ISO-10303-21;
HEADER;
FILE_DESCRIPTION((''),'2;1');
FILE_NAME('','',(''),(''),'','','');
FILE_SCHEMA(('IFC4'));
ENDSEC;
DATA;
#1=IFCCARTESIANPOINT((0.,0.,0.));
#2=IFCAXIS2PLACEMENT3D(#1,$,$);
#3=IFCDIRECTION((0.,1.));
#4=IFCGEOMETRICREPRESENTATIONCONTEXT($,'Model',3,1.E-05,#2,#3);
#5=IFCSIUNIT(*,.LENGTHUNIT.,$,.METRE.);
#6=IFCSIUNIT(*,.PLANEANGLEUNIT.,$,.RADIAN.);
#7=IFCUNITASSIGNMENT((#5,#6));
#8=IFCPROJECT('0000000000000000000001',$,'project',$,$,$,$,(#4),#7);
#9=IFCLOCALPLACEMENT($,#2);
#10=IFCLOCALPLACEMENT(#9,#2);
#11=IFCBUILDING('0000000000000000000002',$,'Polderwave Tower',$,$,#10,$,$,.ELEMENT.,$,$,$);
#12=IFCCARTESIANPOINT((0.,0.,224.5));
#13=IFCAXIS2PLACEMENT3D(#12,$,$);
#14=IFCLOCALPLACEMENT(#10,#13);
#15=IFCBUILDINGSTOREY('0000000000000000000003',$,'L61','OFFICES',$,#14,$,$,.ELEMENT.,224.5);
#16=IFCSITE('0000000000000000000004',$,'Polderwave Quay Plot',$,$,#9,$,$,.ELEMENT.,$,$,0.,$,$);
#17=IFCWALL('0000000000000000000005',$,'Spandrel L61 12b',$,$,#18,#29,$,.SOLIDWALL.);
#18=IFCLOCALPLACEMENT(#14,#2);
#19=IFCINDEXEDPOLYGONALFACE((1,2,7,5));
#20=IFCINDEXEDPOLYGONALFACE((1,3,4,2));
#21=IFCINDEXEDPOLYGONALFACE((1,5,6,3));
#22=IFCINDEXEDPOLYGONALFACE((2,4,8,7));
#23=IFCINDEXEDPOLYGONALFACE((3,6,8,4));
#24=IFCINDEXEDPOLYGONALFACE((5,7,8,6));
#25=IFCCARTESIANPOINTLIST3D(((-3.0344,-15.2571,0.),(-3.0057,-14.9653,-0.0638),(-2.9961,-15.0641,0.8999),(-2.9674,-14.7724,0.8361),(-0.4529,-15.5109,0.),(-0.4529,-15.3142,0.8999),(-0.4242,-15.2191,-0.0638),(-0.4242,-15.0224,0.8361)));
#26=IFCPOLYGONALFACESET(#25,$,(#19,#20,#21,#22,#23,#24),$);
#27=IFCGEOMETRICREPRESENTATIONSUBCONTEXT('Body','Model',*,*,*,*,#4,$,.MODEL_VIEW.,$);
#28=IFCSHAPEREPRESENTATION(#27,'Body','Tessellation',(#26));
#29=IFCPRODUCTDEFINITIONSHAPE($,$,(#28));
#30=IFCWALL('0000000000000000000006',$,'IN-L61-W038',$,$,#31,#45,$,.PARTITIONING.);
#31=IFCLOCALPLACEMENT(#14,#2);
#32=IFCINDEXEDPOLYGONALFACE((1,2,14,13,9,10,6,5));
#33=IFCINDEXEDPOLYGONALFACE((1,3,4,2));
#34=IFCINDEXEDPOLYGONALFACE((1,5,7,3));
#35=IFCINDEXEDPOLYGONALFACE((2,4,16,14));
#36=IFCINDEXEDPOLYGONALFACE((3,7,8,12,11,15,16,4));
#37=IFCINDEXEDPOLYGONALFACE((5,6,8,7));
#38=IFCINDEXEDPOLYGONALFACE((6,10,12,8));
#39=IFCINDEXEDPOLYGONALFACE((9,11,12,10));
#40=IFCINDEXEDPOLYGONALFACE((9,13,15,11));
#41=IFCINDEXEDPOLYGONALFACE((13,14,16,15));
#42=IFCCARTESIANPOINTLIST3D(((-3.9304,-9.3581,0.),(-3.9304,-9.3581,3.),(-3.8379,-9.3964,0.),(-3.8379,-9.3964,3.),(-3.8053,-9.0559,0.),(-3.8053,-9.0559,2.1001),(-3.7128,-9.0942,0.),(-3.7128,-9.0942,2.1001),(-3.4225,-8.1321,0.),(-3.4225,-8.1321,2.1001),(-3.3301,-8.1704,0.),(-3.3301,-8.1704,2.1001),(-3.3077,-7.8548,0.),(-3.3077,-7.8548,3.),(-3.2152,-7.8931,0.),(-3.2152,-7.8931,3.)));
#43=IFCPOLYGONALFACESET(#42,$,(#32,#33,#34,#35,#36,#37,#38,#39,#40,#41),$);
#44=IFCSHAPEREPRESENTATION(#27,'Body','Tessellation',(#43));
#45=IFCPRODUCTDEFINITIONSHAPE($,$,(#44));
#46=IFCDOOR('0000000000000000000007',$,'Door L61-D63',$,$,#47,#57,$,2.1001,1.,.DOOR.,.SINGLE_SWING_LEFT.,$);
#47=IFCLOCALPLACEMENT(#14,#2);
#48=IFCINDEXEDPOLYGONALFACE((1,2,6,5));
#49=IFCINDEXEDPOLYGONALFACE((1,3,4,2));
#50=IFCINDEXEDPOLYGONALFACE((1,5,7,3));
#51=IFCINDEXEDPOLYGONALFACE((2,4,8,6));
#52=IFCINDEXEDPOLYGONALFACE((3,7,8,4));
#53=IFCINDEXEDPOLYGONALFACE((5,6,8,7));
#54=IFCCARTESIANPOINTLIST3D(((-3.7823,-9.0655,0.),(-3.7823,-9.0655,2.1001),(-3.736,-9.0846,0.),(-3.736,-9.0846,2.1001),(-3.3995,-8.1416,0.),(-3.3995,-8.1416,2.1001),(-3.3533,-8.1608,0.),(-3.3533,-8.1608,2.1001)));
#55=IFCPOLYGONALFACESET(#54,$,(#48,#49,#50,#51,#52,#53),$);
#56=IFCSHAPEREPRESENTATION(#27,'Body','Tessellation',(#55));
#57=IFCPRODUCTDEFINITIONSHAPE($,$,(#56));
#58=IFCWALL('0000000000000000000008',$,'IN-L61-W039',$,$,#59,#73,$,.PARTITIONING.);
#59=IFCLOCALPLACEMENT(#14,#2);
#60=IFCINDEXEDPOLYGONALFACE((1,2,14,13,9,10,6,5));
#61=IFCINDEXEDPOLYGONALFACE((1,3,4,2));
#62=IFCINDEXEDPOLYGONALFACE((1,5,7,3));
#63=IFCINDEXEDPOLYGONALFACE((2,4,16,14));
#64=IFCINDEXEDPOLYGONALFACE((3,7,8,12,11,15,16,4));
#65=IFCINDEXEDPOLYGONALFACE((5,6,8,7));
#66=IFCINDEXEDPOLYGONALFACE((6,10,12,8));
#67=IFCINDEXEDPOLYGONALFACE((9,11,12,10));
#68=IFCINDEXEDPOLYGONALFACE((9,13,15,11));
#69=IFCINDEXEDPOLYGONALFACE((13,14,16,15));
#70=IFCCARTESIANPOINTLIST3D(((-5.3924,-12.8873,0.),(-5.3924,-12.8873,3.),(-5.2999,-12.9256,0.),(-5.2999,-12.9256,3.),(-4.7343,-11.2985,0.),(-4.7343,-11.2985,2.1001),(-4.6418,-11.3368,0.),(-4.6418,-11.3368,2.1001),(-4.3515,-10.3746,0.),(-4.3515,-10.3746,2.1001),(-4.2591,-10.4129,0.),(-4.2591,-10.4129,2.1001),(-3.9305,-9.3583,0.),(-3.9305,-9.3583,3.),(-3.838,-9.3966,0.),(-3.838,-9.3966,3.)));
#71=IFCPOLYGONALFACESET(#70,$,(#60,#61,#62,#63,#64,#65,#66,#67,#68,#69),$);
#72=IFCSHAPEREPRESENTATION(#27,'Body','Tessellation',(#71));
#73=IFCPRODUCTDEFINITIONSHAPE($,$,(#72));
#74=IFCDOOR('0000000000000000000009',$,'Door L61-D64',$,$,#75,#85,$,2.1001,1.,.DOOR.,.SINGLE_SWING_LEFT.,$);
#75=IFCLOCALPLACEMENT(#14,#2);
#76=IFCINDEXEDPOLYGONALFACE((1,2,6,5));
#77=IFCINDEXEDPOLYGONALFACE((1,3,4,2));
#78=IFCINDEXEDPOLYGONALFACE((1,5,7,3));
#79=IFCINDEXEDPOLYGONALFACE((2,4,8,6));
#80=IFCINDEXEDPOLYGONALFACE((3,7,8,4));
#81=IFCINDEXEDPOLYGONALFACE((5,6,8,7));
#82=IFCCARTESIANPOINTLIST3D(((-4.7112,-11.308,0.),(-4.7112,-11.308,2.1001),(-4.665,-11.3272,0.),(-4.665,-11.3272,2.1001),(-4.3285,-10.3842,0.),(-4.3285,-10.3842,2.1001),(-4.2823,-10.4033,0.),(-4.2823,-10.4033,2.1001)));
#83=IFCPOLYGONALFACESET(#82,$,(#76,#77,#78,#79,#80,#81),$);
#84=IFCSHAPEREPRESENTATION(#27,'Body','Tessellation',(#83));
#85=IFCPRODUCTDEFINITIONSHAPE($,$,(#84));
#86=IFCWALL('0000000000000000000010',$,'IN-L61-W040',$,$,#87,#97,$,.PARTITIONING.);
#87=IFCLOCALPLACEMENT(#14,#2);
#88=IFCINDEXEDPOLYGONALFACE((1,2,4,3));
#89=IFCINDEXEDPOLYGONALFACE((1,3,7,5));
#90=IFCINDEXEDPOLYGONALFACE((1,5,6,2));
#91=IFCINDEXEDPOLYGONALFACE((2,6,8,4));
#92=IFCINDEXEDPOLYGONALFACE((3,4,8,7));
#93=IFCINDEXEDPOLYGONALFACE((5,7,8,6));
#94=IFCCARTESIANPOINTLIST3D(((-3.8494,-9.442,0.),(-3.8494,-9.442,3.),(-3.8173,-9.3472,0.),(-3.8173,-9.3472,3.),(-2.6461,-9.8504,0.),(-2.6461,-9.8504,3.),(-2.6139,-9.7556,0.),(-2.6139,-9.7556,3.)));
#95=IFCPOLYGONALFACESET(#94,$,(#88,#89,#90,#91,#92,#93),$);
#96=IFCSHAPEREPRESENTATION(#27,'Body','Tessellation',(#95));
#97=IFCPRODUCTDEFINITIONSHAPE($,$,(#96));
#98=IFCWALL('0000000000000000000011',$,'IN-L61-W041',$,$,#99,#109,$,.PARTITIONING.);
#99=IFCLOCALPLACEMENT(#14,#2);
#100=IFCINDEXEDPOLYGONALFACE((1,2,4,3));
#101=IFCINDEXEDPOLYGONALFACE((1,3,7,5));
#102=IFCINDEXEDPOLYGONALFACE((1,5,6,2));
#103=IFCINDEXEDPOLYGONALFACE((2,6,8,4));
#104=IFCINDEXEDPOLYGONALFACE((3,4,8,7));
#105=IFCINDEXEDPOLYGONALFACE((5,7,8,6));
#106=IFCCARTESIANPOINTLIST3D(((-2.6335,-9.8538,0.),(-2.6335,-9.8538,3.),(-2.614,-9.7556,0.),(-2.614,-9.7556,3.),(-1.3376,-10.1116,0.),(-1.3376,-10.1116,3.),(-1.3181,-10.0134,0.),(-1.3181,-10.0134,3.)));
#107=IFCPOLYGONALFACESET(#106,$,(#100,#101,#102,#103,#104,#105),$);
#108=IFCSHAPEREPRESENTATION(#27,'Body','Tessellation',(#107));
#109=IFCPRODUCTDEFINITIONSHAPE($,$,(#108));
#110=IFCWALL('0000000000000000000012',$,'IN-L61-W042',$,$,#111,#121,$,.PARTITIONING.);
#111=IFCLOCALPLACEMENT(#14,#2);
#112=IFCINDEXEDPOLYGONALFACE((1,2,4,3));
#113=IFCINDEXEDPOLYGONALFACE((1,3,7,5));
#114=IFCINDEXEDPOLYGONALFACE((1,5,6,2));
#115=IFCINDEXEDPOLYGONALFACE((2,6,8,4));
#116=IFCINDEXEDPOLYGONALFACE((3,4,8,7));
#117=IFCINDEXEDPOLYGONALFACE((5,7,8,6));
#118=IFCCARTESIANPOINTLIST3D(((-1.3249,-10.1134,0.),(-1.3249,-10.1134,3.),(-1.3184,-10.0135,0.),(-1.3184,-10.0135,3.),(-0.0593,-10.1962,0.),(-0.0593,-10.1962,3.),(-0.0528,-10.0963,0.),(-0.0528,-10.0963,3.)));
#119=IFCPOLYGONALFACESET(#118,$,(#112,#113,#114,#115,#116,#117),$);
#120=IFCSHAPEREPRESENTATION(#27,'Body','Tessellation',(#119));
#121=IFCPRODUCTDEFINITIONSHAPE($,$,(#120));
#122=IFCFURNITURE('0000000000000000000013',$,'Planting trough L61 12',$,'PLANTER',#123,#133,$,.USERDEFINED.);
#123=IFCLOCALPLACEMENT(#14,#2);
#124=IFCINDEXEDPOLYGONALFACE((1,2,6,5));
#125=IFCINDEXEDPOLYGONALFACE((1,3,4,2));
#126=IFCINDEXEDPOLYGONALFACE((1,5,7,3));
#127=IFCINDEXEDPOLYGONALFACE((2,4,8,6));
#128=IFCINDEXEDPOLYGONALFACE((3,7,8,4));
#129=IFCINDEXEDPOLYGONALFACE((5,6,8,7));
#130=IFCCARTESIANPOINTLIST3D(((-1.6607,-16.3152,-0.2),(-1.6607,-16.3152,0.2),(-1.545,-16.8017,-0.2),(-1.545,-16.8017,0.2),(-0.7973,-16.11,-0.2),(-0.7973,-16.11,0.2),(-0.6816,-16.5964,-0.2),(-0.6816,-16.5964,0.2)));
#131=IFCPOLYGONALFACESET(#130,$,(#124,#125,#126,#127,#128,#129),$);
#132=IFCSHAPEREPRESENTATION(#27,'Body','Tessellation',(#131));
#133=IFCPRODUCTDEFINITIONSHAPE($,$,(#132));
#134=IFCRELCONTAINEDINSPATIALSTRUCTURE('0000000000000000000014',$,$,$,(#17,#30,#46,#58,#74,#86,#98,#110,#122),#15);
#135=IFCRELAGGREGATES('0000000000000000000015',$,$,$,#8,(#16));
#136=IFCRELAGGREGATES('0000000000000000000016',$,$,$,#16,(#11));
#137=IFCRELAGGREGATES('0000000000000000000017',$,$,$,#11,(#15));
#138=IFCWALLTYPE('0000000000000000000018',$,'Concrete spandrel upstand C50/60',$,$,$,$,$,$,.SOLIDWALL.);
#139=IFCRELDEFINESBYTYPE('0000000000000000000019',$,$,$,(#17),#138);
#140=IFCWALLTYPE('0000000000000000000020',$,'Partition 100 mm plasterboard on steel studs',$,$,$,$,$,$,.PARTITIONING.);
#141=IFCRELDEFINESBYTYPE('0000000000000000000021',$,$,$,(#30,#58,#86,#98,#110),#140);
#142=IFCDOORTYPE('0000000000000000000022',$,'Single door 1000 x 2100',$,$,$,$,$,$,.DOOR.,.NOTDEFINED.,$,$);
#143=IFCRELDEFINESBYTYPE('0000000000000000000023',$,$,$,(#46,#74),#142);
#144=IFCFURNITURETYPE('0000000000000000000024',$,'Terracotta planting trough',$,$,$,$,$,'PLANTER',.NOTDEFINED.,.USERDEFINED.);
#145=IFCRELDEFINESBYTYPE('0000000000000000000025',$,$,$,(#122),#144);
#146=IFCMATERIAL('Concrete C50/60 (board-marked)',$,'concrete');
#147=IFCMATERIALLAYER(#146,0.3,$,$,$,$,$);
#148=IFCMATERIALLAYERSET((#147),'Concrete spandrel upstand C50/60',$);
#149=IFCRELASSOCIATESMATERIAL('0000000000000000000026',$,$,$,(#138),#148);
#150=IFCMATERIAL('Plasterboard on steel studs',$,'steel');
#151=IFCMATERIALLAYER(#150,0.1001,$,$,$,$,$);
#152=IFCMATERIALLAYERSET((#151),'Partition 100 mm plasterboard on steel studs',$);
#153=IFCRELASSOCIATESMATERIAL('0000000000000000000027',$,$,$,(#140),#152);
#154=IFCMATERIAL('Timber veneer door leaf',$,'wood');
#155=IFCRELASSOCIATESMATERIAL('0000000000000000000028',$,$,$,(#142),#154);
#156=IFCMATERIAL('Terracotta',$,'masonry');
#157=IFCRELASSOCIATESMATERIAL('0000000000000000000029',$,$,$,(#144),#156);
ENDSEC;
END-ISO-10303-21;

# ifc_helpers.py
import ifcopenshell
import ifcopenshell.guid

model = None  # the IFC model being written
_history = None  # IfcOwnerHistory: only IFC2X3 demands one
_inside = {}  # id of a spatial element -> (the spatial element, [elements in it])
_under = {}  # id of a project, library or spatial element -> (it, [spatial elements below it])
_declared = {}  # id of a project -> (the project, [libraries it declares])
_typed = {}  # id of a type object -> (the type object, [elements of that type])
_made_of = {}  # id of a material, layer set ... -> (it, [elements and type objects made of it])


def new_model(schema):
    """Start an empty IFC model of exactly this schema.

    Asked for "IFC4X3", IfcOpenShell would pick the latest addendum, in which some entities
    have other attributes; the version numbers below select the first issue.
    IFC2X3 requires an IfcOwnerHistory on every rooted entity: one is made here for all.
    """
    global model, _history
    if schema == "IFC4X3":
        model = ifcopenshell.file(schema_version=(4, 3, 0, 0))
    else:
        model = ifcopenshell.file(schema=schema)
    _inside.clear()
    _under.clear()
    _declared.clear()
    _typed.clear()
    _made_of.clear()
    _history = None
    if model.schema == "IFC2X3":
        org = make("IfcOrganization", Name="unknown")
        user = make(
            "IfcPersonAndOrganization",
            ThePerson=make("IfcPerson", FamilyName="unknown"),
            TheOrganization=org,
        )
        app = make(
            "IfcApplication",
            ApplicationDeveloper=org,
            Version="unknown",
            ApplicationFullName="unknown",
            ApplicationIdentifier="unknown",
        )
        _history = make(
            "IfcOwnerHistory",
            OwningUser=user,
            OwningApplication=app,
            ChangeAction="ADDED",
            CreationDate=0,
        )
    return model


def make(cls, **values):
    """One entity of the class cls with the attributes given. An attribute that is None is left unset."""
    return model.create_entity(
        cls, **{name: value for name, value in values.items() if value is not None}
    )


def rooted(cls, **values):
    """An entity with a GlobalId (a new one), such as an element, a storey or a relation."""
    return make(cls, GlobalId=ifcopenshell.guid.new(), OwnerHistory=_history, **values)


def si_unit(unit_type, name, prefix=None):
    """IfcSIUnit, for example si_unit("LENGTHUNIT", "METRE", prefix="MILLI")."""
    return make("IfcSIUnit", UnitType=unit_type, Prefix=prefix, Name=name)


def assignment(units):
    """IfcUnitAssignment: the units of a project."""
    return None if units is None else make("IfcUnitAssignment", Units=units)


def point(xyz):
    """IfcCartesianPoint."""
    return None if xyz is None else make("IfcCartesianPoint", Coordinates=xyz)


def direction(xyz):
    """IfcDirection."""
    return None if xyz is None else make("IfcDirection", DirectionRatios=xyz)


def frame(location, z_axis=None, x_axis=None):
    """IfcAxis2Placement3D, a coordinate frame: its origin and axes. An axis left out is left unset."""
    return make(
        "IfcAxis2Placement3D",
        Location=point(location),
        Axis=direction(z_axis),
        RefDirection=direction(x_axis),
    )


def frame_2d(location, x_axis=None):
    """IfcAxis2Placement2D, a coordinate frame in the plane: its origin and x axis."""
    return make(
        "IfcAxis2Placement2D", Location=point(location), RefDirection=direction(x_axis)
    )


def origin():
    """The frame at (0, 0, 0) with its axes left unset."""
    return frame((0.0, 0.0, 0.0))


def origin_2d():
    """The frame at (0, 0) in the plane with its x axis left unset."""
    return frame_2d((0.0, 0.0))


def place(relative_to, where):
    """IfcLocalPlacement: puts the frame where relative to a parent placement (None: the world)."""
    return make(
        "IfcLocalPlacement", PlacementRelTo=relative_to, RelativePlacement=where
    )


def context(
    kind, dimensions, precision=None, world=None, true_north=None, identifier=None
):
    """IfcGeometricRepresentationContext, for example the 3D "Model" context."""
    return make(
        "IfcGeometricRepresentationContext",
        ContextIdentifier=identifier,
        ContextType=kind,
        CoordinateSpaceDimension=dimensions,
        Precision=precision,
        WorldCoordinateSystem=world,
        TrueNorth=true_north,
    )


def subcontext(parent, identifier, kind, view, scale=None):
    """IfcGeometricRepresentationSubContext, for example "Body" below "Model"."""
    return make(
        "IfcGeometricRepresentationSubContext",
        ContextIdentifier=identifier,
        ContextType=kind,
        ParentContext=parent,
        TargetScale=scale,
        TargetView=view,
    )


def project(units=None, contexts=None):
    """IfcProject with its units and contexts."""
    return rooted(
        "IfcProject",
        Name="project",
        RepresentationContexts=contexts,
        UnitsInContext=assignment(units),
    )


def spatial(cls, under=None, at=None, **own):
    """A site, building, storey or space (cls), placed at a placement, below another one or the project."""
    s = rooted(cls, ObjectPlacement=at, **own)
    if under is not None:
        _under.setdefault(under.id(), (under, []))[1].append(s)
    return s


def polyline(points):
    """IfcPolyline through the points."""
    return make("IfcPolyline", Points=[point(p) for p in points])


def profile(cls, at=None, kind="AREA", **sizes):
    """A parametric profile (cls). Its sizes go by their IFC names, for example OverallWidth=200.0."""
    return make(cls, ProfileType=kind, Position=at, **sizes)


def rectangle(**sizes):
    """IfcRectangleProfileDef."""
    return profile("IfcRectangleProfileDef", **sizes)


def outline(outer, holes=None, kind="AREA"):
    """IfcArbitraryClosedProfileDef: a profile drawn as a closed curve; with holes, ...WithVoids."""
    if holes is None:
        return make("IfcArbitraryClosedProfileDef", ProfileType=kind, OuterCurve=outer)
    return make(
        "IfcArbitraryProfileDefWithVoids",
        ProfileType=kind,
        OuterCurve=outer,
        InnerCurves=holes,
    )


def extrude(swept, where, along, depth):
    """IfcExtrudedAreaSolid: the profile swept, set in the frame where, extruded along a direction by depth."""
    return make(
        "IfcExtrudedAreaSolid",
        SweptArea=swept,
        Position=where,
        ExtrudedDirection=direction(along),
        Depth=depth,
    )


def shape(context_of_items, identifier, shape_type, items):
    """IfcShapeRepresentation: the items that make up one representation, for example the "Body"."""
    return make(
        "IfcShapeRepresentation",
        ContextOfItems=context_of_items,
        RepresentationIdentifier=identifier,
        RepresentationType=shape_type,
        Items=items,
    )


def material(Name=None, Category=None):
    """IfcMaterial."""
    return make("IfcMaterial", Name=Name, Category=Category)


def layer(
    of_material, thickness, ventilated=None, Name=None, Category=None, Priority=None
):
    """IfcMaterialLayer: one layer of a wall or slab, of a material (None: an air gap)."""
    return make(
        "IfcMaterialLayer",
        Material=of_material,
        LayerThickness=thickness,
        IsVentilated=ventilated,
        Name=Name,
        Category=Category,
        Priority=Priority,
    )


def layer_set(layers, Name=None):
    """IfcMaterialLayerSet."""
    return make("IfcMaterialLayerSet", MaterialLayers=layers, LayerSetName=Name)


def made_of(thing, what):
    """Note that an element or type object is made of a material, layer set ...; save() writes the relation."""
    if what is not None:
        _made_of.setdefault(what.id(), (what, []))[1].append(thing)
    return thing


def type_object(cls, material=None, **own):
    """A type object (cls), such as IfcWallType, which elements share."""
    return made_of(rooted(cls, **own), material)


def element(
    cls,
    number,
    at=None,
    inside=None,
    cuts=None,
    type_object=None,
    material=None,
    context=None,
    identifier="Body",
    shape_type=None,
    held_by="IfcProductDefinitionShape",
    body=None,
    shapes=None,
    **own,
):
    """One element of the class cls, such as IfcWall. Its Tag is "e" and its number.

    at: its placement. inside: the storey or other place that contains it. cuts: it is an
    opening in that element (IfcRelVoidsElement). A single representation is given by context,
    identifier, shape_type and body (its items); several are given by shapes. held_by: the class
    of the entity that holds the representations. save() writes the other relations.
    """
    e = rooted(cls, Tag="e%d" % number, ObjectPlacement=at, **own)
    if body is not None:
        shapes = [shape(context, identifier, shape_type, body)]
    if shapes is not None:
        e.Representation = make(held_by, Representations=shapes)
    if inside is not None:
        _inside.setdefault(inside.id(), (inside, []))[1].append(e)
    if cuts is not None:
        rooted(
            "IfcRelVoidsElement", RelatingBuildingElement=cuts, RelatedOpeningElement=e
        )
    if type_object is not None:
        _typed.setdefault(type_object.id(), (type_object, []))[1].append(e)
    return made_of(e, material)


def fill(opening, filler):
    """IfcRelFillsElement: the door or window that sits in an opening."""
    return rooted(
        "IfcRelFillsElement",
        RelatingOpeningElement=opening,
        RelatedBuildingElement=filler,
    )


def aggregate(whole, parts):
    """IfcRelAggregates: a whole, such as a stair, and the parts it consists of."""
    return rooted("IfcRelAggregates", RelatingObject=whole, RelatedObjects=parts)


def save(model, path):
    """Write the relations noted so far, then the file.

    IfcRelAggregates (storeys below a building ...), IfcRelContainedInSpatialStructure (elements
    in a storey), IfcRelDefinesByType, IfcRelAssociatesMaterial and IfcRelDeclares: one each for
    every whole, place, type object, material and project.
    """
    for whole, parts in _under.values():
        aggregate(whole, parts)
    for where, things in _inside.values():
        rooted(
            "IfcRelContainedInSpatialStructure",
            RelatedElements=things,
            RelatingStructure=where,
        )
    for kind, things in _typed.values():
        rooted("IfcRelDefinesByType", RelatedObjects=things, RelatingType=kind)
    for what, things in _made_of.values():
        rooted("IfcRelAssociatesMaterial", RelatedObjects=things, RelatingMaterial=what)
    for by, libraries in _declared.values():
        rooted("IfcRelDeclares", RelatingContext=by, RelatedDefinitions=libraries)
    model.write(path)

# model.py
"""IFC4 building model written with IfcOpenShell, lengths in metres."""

from ifc_helpers import new_model, si_unit, direction, frame, frame_2d, origin, origin_2d, place, context, subcontext, project, spatial, polyline, rectangle, outline, extrude, material, layer, layer_set, type_object, element, fill, save


model = new_model("IFC4")

# Units and contexts
model_context = context("Model", 3, precision=1e-05, world=origin(), true_north=direction((0.0, 1.0)))
body_context = subcontext(model_context, "Body", "Model", "MODEL_VIEW")
ifc_project = project(units=[si_unit("LENGTHUNIT", "METRE"), si_unit("PLANEANGLEUNIT", "RADIAN")], contexts=[model_context])

# Site, building, storey
site_placement = place(None, origin())
site = spatial("IfcSite", under=ifc_project, at=site_placement, Name="Polderwave Quay Plot", CompositionType="ELEMENT", RefElevation=0.0)
building_placement = place(site_placement, origin())
building = spatial("IfcBuilding", under=site, at=building_placement, Name="Polderwave Tower", CompositionType="ELEMENT")
storey_placement = place(building_placement, frame((0.0, 0.0, 224.5)))
storey = spatial("IfcBuildingStorey", under=building, at=storey_placement, Name="L61", Description="OFFICES", CompositionType="ELEMENT", Elevation=224.5)

# Wall
ifc_material_1 = material(Name="Concrete C50/60 (board-marked)", Category="concrete")
ifc_layer_1 = layer(ifc_material_1, 0.3)
ifc_layer_set_1 = layer_set([ifc_layer_1], Name="Concrete spandrel upstand C50/60")
wall_type_1 = type_object("IfcWallType", Name="Concrete spandrel upstand C50/60", PredefinedType="SOLIDWALL", material=ifc_layer_set_1)
wall_1_placement = place(storey_placement, frame((-3.0344, -15.2571, 0.0), z_axis=(-0.09562, -0.972457, 0.212568), x_axis=(0.9952, -0.097857, -0.000005)))
element("IfcWall", 1, at=wall_1_placement, inside=storey, type_object=wall_type_1, Name="Spandrel L61 12b", PredefinedType="SOLIDWALL", context=body_context, shape_type="SweptSolid", body=[
    extrude(outline(polyline([(0.0, 0.0), (2.594, 0.0), (2.5747, 0.921), (0.0193, 0.9209), (0.0, 0.0)])), origin(), (0.0, 0.0, -1.0), 0.3),
])

# Walls, openings, doors
ifc_material_2 = material(Name="Plasterboard on steel studs", Category="steel")
ifc_layer_2 = layer(ifc_material_2, 0.1001)
ifc_layer_set_2 = layer_set([ifc_layer_2], Name="Partition 100 mm plasterboard on steel studs")
wall_type_2 = type_object("IfcWallType", Name="Partition 100 mm plasterboard on steel studs", PredefinedType="PARTITIONING", material=ifc_layer_set_2)
wall_2_placement = place(storey_placement, frame((-3.2615, -7.874, 0.0), z_axis=(0.0, 0.0, 1.0), x_axis=(-0.382718, -0.923865, 0.0)))
wall_2 = element("IfcWall", 2, at=wall_2_placement, inside=storey, type_object=wall_type_2, Name="IN-L61-W038", PredefinedType="PARTITIONING", context=body_context, shape_type="SweptSolid", body=[
    extrude(rectangle(XDim=1.6272, YDim=0.1001, at=frame_2d((0.8135, 0.0))), origin(), (0.0, 0.0, 1.0), 3.0),
])
opening_1_placement = place(wall_2_placement, frame((0.3, 0.0, 0.0)))
opening_1 = element("IfcOpeningElement", 3, at=opening_1_placement, cuts=wall_2, PredefinedType="OPENING", context=body_context, shape_type="SweptSolid", body=[
    extrude(rectangle(XDim=1.0, YDim=2.1001, at=frame_2d((0.5, 1.05))), frame((0.0, 0.0601, 0.0), z_axis=(0.0, -1.0, 0.0), x_axis=(1.0, 0.0, 0.0)), (0.0, 0.0, 1.0), 0.1201),
])
ifc_material_3 = material(Name="Timber veneer door leaf", Category="wood")
door_type = type_object("IfcDoorType", Name="Single door 1000 x 2100", OperationType="NOTDEFINED", PredefinedType="DOOR", material=ifc_material_3)
door_1_placement = place(opening_1_placement, origin())
door_1 = element("IfcDoor", 4, at=door_1_placement, inside=storey, type_object=door_type, Name="Door L61-D63", OperationType="SINGLE_SWING_LEFT", OverallHeight=2.1001, OverallWidth=1.0, PredefinedType="DOOR", context=body_context, shape_type="SweptSolid", body=[
    extrude(rectangle(XDim=1.0, YDim=2.1001, at=frame_2d((0.5, 1.05))), frame((0.0, 0.0249, 0.0), z_axis=(0.0, -1.0, 0.0), x_axis=(1.0, 0.0, 0.0)), (0.0, 0.0, 1.0), 0.05),
])
fill(opening_1, door_1)
wall_3_placement = place(storey_placement, frame((-3.8843, -9.3774, 0.0), z_axis=(0.0, 0.0, 1.0), x_axis=(-0.382713, -0.923867, 0.0)))
wall_3 = element("IfcWall", 5, at=wall_3_placement, inside=storey, type_object=wall_type_2, Name="IN-L61-W039", PredefinedType="PARTITIONING", context=body_context, shape_type="SweptSolid", body=[
    extrude(rectangle(XDim=3.8198, YDim=0.1001, at=frame_2d((1.9099, 0.0))), origin(), (0.0, 0.0, 1.0), 3.0),
])
opening_2_placement = place(wall_3_placement, frame((1.1001, 0.0, 0.0)))
opening_2 = element("IfcOpeningElement", 6, at=opening_2_placement, cuts=wall_3, PredefinedType="OPENING", context=body_context, shape_type="SweptSolid", body=[
    extrude(rectangle(XDim=1.0, YDim=2.1001, at=frame_2d((0.5, 1.05))), frame((0.0, 0.0601, 0.0), z_axis=(0.0, -1.0, 0.0), x_axis=(1.0, 0.0, 0.0)), (0.0, 0.0, 1.0), 0.1201),
])
door_2_placement = place(opening_2_placement, origin())
door_2 = element("IfcDoor", 7, at=door_2_placement, inside=storey, type_object=door_type, Name="Door L61-D64", OperationType="SINGLE_SWING_LEFT", OverallHeight=2.1001, OverallWidth=1.0, PredefinedType="DOOR", context=body_context, shape_type="SweptSolid", body=[
    extrude(rectangle(XDim=1.0, YDim=2.1001, at=frame_2d((0.5, 1.05))), frame((0.0, 0.0249, 0.0), z_axis=(0.0, -1.0, 0.0), x_axis=(1.0, 0.0, 0.0)), (0.0, 0.0, 1.0), 0.05),
])
fill(opening_2, door_2)

# Walls
wall_4_placement = place(storey_placement, frame((-2.6301, -9.803, 0.0), z_axis=(0.0, 0.0, 1.0), x_axis=(-0.94694, 0.32141, 0.0)))
element("IfcWall", 8, at=wall_4_placement, inside=storey, type_object=wall_type_2, Name="IN-L61-W040", PredefinedType="PARTITIONING", context=body_context, shape_type="SweptSolid", body=[
    extrude(rectangle(XDim=1.2708, YDim=0.1001, at=frame_2d((0.6353, 0.0))), origin(), (0.0, 0.0, 1.0), 3.0),
])
wall_5_placement = place(storey_placement, frame((-1.3279, -10.0625, 0.0), z_axis=(0.0, 0.0, 1.0), x_axis=(-0.980779, 0.195121, 0.0)))
element("IfcWall", 9, at=wall_5_placement, inside=storey, type_object=wall_type_2, Name="IN-L61-W041", PredefinedType="PARTITIONING", context=body_context, shape_type="SweptSolid", body=[
    extrude(rectangle(XDim=1.3213, YDim=0.1001, at=frame_2d((0.6606, 0.0))), origin(), (0.0, 0.0, 1.0), 3.0),
])
wall_6_placement = place(storey_placement, frame((-0.0559, -10.1462, 0.0), z_axis=(0.0, 0.0, 1.0), x_axis=(-0.997869, 0.065254, 0.0)))
element("IfcWall", 10, at=wall_6_placement, inside=storey, type_object=wall_type_2, Name="IN-L61-W042", PredefinedType="PARTITIONING", context=body_context, shape_type="SweptSolid", body=[
    extrude(rectangle(XDim=1.2683, YDim=0.1001, at=frame_2d((0.6343, 0.0))), origin(), (0.0, 0.0, 1.0), 3.0),
])

# Furniture
ifc_material_4 = material(Name="Terracotta", Category="masonry")
furniture_type = type_object("IfcFurnitureType", Name="Terracotta planting trough", ElementType="PLANTER", AssemblyPlace="NOTDEFINED", PredefinedType="USERDEFINED", material=ifc_material_4)
furniture_placement = place(storey_placement, frame((-1.1711, -16.4558, -0.2), z_axis=(0.0, 0.0, 1.0), x_axis=(0.97289, 0.231269, 0.0)))
element("IfcFurniture", 11, at=furniture_placement, inside=storey, type_object=furniture_type, Name="Planting trough L61 12", ObjectType="PLANTER", PredefinedType="USERDEFINED", context=body_context, shape_type="SweptSolid", body=[
    extrude(rectangle(XDim=0.8875, YDim=0.5, at=origin_2d()), origin(), (0.0, 0.0, 1.0), 0.3999),
])

save(model, "model.ifc")
